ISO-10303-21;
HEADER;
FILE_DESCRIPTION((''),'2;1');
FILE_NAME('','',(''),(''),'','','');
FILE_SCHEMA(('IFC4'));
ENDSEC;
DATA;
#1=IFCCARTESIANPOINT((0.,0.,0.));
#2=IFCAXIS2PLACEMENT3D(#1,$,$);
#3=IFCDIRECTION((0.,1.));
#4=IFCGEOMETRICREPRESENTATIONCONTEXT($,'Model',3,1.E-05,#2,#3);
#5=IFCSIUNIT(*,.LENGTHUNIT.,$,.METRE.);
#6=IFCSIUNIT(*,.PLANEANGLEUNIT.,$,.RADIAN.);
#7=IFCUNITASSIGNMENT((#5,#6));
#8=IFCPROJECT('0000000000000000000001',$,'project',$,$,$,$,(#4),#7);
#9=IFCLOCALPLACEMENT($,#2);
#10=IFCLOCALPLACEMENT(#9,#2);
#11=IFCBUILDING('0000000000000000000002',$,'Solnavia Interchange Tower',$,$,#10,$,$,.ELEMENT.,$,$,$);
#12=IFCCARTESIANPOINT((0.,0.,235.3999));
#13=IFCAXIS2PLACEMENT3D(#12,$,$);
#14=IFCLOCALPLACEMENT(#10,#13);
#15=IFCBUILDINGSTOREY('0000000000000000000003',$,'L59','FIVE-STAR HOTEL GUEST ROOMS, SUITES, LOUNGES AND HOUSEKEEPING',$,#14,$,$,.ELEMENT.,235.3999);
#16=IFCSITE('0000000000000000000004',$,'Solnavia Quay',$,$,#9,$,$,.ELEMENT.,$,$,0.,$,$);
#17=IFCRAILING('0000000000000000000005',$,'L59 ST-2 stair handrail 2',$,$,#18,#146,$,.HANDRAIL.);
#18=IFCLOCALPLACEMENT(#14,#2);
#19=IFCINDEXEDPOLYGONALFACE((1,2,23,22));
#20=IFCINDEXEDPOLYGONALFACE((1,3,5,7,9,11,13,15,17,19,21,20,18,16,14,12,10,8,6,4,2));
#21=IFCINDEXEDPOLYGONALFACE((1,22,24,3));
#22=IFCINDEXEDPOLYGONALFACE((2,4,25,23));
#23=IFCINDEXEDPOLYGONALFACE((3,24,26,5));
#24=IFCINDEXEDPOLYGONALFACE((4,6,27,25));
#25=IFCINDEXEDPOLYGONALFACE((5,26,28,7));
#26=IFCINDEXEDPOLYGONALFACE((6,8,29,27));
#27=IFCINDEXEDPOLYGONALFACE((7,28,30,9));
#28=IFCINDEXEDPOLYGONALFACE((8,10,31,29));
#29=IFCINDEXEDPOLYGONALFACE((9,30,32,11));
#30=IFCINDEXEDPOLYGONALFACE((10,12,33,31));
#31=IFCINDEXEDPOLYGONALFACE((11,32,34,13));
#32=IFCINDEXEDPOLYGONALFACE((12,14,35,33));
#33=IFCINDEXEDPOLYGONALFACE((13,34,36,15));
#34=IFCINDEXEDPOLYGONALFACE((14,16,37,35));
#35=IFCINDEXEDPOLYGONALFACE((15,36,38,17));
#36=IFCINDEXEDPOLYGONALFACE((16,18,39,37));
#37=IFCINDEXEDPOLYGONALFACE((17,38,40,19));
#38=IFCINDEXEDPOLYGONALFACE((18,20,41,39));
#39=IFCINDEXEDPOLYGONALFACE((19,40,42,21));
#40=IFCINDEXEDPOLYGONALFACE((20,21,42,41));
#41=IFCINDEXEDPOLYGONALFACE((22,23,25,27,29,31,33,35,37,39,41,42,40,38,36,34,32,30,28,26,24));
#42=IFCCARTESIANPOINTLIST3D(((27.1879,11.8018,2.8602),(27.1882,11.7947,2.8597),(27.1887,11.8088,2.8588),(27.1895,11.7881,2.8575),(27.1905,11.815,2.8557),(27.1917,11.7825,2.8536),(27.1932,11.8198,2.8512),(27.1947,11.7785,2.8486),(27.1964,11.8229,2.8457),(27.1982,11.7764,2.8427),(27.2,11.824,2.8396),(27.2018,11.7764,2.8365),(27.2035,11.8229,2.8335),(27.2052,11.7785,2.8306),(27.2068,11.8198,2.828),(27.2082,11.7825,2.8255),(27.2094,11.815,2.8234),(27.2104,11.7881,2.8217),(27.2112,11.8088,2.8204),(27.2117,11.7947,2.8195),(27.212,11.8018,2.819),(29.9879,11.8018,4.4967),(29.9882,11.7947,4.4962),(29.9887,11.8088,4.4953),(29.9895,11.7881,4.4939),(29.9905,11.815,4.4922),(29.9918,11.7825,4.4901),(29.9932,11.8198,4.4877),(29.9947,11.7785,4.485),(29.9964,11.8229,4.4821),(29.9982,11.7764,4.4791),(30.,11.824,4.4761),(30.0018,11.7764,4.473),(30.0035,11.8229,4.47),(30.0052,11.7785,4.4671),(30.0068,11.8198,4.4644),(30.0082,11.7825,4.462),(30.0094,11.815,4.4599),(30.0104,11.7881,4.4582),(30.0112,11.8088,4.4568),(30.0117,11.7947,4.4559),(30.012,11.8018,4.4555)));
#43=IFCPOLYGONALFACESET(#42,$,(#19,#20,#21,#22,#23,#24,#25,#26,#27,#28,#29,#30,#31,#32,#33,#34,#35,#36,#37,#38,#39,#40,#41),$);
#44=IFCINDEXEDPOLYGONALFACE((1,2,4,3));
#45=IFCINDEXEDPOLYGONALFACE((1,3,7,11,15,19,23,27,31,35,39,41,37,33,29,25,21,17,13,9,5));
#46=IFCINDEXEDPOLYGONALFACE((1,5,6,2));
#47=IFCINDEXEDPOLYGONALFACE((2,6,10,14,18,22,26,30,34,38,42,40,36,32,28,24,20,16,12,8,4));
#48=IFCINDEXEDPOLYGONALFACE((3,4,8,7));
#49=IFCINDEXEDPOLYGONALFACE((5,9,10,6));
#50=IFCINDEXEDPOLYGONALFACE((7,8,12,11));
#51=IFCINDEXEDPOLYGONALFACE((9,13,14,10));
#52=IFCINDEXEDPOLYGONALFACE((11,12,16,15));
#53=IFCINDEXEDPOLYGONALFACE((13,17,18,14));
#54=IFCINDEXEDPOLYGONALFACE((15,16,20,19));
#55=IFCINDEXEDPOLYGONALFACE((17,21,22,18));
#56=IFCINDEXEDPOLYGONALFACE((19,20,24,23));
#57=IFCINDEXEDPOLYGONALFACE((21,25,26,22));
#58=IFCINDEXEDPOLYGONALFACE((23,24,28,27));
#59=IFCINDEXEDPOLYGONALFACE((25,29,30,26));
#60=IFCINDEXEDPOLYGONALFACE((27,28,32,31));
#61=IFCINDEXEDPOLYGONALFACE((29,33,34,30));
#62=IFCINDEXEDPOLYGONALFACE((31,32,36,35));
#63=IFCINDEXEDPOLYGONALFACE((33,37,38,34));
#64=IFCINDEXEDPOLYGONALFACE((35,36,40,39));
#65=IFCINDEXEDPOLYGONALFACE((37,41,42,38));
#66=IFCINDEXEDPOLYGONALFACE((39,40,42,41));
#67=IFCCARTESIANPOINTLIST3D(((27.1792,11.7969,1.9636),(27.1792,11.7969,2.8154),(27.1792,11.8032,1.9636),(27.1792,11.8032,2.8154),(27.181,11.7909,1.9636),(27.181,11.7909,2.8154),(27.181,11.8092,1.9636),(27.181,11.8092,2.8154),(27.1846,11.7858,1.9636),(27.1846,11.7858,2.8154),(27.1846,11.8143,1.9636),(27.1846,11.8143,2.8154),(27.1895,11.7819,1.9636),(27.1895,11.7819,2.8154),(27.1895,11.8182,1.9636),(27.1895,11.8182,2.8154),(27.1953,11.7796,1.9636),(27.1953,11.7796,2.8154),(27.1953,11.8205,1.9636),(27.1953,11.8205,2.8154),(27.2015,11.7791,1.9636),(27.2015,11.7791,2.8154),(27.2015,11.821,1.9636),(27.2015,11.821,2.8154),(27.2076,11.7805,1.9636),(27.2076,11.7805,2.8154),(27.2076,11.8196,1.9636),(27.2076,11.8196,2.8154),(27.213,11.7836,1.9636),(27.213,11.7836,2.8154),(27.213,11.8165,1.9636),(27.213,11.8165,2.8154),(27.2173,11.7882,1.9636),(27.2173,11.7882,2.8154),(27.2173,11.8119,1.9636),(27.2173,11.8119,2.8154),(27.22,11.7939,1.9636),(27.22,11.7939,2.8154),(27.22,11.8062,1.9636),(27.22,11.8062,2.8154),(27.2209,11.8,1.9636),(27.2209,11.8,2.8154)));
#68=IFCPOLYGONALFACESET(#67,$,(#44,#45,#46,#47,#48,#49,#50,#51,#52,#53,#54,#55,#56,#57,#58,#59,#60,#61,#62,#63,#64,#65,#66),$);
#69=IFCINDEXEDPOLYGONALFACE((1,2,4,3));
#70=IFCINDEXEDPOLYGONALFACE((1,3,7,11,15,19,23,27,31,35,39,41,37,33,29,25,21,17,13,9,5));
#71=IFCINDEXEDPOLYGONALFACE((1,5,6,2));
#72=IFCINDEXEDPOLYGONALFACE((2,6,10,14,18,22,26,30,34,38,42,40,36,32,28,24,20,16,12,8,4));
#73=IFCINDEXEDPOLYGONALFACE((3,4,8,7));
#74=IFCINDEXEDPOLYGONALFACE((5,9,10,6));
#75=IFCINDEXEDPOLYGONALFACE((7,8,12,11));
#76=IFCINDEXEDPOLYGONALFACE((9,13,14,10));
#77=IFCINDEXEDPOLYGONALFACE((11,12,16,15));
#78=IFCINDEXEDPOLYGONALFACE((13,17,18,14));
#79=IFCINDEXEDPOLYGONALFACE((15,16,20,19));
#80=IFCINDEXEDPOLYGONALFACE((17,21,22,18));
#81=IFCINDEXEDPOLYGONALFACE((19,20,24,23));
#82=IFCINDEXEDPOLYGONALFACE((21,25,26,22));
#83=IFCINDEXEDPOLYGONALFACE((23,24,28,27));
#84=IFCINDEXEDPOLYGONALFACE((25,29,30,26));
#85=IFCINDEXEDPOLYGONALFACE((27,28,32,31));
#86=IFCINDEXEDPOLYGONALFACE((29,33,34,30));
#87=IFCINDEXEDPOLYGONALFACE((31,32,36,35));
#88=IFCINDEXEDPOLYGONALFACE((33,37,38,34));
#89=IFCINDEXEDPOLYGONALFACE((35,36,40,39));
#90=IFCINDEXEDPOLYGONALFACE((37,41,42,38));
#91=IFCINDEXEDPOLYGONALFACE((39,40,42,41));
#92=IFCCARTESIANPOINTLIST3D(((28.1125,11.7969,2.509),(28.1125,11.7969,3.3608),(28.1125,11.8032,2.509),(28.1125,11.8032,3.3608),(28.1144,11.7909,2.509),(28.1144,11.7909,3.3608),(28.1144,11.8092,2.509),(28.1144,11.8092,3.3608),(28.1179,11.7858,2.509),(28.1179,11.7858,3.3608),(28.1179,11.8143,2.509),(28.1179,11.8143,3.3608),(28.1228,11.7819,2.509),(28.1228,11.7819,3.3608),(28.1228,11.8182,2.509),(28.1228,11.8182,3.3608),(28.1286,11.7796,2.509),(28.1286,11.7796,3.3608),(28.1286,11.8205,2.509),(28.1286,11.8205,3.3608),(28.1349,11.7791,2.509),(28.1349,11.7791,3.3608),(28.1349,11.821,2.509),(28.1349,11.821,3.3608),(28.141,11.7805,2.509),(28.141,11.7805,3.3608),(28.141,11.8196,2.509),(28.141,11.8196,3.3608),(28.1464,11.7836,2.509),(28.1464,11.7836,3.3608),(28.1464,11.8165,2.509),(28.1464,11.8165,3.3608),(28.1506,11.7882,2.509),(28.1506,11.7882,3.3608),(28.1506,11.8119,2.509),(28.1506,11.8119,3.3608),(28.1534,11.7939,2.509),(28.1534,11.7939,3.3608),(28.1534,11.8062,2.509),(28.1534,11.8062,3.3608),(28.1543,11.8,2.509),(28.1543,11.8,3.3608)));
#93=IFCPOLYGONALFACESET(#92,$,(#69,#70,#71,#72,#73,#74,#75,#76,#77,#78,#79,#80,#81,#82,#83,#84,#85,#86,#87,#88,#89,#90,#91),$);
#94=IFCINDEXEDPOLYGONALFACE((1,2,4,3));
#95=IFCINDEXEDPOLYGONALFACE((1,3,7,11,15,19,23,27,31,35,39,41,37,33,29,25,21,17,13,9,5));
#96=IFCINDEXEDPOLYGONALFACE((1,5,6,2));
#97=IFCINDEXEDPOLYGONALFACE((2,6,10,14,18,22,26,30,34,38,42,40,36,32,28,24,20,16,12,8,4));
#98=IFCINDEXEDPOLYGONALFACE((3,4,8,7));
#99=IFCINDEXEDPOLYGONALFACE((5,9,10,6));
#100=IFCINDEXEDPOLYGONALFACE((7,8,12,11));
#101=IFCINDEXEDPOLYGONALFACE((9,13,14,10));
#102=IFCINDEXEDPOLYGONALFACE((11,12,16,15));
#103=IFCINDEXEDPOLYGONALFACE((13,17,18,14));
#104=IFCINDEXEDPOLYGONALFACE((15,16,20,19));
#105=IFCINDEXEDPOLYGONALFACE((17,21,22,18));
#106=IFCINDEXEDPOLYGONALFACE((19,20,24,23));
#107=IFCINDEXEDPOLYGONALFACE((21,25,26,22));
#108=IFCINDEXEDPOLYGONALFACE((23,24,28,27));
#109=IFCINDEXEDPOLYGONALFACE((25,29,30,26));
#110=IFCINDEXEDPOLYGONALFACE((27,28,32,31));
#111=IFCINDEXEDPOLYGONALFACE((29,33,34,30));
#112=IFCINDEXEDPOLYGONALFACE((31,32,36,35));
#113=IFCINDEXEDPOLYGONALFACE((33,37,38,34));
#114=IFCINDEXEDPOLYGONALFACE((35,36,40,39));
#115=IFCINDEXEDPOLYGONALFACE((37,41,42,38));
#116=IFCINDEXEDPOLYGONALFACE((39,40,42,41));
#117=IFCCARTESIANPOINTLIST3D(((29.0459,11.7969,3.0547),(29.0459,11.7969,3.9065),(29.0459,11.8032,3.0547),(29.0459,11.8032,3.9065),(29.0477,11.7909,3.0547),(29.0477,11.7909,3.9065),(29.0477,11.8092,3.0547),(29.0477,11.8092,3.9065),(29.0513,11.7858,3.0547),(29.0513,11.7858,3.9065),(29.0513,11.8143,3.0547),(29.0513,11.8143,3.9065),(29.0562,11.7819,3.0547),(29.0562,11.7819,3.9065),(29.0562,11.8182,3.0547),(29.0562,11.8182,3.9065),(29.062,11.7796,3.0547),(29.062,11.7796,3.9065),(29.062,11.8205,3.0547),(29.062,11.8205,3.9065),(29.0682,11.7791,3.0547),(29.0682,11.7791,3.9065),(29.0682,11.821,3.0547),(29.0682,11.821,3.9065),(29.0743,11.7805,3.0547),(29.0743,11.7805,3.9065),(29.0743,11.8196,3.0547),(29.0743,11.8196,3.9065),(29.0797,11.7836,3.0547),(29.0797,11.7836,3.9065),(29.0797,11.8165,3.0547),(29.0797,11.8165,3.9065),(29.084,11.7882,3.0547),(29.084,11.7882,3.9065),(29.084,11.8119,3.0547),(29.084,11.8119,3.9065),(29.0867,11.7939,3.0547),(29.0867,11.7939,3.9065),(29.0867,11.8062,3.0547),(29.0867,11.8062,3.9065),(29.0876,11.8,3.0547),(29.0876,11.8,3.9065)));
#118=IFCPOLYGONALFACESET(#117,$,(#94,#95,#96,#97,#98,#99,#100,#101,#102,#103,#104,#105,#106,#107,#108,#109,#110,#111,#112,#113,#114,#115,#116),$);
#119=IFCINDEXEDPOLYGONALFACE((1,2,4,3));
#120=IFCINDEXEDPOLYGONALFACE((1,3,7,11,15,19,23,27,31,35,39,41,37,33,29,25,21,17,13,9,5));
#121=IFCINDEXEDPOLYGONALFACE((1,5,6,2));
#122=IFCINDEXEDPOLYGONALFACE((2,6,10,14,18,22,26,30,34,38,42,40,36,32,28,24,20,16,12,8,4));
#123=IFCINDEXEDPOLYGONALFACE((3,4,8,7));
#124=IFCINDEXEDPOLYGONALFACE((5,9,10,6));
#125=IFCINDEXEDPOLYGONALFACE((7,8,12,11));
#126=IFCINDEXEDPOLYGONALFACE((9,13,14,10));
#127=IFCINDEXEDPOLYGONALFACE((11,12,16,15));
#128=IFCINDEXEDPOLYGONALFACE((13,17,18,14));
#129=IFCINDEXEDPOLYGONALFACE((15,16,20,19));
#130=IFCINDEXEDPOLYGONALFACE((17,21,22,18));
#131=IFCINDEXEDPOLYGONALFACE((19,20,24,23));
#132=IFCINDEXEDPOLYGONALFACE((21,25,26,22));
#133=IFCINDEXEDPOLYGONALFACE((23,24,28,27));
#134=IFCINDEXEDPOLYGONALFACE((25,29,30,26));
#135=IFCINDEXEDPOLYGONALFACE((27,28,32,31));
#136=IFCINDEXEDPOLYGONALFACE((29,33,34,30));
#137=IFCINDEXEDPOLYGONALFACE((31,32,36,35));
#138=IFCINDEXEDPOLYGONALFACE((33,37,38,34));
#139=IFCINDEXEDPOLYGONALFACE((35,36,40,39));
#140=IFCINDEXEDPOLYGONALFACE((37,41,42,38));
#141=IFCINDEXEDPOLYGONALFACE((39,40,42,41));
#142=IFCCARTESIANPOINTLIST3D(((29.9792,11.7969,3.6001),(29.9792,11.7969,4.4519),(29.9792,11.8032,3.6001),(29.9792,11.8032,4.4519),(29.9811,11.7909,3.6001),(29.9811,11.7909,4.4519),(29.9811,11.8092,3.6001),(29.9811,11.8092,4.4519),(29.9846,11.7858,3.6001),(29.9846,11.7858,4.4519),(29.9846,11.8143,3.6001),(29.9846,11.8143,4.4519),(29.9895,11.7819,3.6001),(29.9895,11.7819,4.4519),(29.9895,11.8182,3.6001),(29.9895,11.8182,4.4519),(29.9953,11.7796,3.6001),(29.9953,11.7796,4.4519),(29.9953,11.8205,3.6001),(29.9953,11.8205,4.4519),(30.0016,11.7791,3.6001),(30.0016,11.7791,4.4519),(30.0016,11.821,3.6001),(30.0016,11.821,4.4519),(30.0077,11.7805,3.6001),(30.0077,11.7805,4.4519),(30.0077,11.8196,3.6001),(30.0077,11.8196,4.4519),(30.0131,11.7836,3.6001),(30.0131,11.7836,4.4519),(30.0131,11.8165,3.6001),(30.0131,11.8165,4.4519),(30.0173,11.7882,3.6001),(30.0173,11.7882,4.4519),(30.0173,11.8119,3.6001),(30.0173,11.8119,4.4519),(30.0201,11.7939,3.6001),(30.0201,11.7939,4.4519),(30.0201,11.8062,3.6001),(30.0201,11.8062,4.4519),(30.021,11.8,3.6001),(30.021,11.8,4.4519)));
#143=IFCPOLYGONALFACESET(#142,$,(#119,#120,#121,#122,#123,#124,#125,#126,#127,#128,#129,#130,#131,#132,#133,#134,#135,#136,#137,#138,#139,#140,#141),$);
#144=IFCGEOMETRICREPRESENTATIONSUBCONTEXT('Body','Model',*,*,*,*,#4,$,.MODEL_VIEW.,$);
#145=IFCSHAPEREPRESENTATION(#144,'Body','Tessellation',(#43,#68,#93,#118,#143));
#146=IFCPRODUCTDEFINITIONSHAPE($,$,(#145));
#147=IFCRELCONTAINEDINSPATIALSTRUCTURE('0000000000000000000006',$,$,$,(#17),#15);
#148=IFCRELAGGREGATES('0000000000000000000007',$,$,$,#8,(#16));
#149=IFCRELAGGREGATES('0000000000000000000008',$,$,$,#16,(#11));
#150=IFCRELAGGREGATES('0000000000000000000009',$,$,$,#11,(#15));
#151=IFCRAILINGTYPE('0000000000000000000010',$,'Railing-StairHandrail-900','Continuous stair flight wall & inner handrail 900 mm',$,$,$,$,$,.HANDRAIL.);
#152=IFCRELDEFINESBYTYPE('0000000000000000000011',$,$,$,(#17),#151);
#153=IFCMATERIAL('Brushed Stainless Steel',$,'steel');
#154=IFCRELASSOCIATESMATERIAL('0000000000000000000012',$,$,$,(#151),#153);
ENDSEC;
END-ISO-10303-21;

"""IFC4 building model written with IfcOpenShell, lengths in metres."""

from ifc_helpers import new_model, si_unit, direction, frame, origin, origin_2d, place, context, subcontext, project, spatial, circle, extrude, material, type_object, element, save


model = new_model("IFC4")

# Units and contexts
model_context = context("Model", 3, precision=1e-05, world=origin(), true_north=direction((0.0, 1.0)))
body_context = subcontext(model_context, "Body", "Model", "MODEL_VIEW")
ifc_project = project(units=[si_unit("LENGTHUNIT", "METRE"), si_unit("PLANEANGLEUNIT", "RADIAN")], contexts=[model_context])

# Site, building, storey
site_placement = place(None, origin())
site = spatial("IfcSite", under=ifc_project, at=site_placement, Name="Solnavia Quay", CompositionType="ELEMENT", RefElevation=0.0)
building_placement = place(site_placement, origin())
building = spatial("IfcBuilding", under=site, at=building_placement, Name="Solnavia Interchange Tower", CompositionType="ELEMENT")
storey_placement = place(building_placement, frame((0.0, 0.0, 235.3999)))
storey = spatial("IfcBuildingStorey", under=building, at=storey_placement, Name="L59", Description="FIVE-STAR HOTEL GUEST ROOMS, SUITES, LOUNGES AND HOUSEKEEPING", CompositionType="ELEMENT", Elevation=235.3999)

# Railing
ifc_material_1 = material(Name="Brushed Stainless Steel", Category="steel")
railing_type_1 = type_object("IfcRailingType", Name="Railing-StairHandrail-900", Description="Continuous stair flight wall & inner handrail 900 mm", PredefinedType="HANDRAIL", material=ifc_material_1)
railing_1_placement = place(storey_placement, frame((27.2, 11.8, 1.9636)))
element("IfcRailing", 1, at=railing_1_placement, inside=storey, type_object=railing_type_1, Name="L59 ST-2 stair handrail 2", PredefinedType="HANDRAIL", context=body_context, shape_type="SweptSolid", body=[
    extrude(circle(Radius=0.0239, at=origin_2d()), frame((0.0, 0.0, 0.876), z_axis=(0.863361, 0.0, 0.504587), x_axis=(0.0, 1.0, 0.0)), (0.0, 0.0, 1.0), 3.2432),
    extrude(circle(Radius=0.021, at=origin_2d()), origin(), (0.0, 0.0, 1.0), 0.8518),
    extrude(circle(Radius=0.021, at=origin_2d()), frame((0.9333, 0.0, 0.5454)), (0.0, 0.0, 1.0), 0.8518),
    extrude(circle(Radius=0.021, at=origin_2d()), frame((1.8667, 0.0, 1.0911)), (0.0, 0.0, 1.0), 0.8518),
    extrude(circle(Radius=0.021, at=origin_2d()), frame((2.8, 0.0, 1.6365)), (0.0, 0.0, 1.0), 0.8518),
])

save(model, "model.ifc")
